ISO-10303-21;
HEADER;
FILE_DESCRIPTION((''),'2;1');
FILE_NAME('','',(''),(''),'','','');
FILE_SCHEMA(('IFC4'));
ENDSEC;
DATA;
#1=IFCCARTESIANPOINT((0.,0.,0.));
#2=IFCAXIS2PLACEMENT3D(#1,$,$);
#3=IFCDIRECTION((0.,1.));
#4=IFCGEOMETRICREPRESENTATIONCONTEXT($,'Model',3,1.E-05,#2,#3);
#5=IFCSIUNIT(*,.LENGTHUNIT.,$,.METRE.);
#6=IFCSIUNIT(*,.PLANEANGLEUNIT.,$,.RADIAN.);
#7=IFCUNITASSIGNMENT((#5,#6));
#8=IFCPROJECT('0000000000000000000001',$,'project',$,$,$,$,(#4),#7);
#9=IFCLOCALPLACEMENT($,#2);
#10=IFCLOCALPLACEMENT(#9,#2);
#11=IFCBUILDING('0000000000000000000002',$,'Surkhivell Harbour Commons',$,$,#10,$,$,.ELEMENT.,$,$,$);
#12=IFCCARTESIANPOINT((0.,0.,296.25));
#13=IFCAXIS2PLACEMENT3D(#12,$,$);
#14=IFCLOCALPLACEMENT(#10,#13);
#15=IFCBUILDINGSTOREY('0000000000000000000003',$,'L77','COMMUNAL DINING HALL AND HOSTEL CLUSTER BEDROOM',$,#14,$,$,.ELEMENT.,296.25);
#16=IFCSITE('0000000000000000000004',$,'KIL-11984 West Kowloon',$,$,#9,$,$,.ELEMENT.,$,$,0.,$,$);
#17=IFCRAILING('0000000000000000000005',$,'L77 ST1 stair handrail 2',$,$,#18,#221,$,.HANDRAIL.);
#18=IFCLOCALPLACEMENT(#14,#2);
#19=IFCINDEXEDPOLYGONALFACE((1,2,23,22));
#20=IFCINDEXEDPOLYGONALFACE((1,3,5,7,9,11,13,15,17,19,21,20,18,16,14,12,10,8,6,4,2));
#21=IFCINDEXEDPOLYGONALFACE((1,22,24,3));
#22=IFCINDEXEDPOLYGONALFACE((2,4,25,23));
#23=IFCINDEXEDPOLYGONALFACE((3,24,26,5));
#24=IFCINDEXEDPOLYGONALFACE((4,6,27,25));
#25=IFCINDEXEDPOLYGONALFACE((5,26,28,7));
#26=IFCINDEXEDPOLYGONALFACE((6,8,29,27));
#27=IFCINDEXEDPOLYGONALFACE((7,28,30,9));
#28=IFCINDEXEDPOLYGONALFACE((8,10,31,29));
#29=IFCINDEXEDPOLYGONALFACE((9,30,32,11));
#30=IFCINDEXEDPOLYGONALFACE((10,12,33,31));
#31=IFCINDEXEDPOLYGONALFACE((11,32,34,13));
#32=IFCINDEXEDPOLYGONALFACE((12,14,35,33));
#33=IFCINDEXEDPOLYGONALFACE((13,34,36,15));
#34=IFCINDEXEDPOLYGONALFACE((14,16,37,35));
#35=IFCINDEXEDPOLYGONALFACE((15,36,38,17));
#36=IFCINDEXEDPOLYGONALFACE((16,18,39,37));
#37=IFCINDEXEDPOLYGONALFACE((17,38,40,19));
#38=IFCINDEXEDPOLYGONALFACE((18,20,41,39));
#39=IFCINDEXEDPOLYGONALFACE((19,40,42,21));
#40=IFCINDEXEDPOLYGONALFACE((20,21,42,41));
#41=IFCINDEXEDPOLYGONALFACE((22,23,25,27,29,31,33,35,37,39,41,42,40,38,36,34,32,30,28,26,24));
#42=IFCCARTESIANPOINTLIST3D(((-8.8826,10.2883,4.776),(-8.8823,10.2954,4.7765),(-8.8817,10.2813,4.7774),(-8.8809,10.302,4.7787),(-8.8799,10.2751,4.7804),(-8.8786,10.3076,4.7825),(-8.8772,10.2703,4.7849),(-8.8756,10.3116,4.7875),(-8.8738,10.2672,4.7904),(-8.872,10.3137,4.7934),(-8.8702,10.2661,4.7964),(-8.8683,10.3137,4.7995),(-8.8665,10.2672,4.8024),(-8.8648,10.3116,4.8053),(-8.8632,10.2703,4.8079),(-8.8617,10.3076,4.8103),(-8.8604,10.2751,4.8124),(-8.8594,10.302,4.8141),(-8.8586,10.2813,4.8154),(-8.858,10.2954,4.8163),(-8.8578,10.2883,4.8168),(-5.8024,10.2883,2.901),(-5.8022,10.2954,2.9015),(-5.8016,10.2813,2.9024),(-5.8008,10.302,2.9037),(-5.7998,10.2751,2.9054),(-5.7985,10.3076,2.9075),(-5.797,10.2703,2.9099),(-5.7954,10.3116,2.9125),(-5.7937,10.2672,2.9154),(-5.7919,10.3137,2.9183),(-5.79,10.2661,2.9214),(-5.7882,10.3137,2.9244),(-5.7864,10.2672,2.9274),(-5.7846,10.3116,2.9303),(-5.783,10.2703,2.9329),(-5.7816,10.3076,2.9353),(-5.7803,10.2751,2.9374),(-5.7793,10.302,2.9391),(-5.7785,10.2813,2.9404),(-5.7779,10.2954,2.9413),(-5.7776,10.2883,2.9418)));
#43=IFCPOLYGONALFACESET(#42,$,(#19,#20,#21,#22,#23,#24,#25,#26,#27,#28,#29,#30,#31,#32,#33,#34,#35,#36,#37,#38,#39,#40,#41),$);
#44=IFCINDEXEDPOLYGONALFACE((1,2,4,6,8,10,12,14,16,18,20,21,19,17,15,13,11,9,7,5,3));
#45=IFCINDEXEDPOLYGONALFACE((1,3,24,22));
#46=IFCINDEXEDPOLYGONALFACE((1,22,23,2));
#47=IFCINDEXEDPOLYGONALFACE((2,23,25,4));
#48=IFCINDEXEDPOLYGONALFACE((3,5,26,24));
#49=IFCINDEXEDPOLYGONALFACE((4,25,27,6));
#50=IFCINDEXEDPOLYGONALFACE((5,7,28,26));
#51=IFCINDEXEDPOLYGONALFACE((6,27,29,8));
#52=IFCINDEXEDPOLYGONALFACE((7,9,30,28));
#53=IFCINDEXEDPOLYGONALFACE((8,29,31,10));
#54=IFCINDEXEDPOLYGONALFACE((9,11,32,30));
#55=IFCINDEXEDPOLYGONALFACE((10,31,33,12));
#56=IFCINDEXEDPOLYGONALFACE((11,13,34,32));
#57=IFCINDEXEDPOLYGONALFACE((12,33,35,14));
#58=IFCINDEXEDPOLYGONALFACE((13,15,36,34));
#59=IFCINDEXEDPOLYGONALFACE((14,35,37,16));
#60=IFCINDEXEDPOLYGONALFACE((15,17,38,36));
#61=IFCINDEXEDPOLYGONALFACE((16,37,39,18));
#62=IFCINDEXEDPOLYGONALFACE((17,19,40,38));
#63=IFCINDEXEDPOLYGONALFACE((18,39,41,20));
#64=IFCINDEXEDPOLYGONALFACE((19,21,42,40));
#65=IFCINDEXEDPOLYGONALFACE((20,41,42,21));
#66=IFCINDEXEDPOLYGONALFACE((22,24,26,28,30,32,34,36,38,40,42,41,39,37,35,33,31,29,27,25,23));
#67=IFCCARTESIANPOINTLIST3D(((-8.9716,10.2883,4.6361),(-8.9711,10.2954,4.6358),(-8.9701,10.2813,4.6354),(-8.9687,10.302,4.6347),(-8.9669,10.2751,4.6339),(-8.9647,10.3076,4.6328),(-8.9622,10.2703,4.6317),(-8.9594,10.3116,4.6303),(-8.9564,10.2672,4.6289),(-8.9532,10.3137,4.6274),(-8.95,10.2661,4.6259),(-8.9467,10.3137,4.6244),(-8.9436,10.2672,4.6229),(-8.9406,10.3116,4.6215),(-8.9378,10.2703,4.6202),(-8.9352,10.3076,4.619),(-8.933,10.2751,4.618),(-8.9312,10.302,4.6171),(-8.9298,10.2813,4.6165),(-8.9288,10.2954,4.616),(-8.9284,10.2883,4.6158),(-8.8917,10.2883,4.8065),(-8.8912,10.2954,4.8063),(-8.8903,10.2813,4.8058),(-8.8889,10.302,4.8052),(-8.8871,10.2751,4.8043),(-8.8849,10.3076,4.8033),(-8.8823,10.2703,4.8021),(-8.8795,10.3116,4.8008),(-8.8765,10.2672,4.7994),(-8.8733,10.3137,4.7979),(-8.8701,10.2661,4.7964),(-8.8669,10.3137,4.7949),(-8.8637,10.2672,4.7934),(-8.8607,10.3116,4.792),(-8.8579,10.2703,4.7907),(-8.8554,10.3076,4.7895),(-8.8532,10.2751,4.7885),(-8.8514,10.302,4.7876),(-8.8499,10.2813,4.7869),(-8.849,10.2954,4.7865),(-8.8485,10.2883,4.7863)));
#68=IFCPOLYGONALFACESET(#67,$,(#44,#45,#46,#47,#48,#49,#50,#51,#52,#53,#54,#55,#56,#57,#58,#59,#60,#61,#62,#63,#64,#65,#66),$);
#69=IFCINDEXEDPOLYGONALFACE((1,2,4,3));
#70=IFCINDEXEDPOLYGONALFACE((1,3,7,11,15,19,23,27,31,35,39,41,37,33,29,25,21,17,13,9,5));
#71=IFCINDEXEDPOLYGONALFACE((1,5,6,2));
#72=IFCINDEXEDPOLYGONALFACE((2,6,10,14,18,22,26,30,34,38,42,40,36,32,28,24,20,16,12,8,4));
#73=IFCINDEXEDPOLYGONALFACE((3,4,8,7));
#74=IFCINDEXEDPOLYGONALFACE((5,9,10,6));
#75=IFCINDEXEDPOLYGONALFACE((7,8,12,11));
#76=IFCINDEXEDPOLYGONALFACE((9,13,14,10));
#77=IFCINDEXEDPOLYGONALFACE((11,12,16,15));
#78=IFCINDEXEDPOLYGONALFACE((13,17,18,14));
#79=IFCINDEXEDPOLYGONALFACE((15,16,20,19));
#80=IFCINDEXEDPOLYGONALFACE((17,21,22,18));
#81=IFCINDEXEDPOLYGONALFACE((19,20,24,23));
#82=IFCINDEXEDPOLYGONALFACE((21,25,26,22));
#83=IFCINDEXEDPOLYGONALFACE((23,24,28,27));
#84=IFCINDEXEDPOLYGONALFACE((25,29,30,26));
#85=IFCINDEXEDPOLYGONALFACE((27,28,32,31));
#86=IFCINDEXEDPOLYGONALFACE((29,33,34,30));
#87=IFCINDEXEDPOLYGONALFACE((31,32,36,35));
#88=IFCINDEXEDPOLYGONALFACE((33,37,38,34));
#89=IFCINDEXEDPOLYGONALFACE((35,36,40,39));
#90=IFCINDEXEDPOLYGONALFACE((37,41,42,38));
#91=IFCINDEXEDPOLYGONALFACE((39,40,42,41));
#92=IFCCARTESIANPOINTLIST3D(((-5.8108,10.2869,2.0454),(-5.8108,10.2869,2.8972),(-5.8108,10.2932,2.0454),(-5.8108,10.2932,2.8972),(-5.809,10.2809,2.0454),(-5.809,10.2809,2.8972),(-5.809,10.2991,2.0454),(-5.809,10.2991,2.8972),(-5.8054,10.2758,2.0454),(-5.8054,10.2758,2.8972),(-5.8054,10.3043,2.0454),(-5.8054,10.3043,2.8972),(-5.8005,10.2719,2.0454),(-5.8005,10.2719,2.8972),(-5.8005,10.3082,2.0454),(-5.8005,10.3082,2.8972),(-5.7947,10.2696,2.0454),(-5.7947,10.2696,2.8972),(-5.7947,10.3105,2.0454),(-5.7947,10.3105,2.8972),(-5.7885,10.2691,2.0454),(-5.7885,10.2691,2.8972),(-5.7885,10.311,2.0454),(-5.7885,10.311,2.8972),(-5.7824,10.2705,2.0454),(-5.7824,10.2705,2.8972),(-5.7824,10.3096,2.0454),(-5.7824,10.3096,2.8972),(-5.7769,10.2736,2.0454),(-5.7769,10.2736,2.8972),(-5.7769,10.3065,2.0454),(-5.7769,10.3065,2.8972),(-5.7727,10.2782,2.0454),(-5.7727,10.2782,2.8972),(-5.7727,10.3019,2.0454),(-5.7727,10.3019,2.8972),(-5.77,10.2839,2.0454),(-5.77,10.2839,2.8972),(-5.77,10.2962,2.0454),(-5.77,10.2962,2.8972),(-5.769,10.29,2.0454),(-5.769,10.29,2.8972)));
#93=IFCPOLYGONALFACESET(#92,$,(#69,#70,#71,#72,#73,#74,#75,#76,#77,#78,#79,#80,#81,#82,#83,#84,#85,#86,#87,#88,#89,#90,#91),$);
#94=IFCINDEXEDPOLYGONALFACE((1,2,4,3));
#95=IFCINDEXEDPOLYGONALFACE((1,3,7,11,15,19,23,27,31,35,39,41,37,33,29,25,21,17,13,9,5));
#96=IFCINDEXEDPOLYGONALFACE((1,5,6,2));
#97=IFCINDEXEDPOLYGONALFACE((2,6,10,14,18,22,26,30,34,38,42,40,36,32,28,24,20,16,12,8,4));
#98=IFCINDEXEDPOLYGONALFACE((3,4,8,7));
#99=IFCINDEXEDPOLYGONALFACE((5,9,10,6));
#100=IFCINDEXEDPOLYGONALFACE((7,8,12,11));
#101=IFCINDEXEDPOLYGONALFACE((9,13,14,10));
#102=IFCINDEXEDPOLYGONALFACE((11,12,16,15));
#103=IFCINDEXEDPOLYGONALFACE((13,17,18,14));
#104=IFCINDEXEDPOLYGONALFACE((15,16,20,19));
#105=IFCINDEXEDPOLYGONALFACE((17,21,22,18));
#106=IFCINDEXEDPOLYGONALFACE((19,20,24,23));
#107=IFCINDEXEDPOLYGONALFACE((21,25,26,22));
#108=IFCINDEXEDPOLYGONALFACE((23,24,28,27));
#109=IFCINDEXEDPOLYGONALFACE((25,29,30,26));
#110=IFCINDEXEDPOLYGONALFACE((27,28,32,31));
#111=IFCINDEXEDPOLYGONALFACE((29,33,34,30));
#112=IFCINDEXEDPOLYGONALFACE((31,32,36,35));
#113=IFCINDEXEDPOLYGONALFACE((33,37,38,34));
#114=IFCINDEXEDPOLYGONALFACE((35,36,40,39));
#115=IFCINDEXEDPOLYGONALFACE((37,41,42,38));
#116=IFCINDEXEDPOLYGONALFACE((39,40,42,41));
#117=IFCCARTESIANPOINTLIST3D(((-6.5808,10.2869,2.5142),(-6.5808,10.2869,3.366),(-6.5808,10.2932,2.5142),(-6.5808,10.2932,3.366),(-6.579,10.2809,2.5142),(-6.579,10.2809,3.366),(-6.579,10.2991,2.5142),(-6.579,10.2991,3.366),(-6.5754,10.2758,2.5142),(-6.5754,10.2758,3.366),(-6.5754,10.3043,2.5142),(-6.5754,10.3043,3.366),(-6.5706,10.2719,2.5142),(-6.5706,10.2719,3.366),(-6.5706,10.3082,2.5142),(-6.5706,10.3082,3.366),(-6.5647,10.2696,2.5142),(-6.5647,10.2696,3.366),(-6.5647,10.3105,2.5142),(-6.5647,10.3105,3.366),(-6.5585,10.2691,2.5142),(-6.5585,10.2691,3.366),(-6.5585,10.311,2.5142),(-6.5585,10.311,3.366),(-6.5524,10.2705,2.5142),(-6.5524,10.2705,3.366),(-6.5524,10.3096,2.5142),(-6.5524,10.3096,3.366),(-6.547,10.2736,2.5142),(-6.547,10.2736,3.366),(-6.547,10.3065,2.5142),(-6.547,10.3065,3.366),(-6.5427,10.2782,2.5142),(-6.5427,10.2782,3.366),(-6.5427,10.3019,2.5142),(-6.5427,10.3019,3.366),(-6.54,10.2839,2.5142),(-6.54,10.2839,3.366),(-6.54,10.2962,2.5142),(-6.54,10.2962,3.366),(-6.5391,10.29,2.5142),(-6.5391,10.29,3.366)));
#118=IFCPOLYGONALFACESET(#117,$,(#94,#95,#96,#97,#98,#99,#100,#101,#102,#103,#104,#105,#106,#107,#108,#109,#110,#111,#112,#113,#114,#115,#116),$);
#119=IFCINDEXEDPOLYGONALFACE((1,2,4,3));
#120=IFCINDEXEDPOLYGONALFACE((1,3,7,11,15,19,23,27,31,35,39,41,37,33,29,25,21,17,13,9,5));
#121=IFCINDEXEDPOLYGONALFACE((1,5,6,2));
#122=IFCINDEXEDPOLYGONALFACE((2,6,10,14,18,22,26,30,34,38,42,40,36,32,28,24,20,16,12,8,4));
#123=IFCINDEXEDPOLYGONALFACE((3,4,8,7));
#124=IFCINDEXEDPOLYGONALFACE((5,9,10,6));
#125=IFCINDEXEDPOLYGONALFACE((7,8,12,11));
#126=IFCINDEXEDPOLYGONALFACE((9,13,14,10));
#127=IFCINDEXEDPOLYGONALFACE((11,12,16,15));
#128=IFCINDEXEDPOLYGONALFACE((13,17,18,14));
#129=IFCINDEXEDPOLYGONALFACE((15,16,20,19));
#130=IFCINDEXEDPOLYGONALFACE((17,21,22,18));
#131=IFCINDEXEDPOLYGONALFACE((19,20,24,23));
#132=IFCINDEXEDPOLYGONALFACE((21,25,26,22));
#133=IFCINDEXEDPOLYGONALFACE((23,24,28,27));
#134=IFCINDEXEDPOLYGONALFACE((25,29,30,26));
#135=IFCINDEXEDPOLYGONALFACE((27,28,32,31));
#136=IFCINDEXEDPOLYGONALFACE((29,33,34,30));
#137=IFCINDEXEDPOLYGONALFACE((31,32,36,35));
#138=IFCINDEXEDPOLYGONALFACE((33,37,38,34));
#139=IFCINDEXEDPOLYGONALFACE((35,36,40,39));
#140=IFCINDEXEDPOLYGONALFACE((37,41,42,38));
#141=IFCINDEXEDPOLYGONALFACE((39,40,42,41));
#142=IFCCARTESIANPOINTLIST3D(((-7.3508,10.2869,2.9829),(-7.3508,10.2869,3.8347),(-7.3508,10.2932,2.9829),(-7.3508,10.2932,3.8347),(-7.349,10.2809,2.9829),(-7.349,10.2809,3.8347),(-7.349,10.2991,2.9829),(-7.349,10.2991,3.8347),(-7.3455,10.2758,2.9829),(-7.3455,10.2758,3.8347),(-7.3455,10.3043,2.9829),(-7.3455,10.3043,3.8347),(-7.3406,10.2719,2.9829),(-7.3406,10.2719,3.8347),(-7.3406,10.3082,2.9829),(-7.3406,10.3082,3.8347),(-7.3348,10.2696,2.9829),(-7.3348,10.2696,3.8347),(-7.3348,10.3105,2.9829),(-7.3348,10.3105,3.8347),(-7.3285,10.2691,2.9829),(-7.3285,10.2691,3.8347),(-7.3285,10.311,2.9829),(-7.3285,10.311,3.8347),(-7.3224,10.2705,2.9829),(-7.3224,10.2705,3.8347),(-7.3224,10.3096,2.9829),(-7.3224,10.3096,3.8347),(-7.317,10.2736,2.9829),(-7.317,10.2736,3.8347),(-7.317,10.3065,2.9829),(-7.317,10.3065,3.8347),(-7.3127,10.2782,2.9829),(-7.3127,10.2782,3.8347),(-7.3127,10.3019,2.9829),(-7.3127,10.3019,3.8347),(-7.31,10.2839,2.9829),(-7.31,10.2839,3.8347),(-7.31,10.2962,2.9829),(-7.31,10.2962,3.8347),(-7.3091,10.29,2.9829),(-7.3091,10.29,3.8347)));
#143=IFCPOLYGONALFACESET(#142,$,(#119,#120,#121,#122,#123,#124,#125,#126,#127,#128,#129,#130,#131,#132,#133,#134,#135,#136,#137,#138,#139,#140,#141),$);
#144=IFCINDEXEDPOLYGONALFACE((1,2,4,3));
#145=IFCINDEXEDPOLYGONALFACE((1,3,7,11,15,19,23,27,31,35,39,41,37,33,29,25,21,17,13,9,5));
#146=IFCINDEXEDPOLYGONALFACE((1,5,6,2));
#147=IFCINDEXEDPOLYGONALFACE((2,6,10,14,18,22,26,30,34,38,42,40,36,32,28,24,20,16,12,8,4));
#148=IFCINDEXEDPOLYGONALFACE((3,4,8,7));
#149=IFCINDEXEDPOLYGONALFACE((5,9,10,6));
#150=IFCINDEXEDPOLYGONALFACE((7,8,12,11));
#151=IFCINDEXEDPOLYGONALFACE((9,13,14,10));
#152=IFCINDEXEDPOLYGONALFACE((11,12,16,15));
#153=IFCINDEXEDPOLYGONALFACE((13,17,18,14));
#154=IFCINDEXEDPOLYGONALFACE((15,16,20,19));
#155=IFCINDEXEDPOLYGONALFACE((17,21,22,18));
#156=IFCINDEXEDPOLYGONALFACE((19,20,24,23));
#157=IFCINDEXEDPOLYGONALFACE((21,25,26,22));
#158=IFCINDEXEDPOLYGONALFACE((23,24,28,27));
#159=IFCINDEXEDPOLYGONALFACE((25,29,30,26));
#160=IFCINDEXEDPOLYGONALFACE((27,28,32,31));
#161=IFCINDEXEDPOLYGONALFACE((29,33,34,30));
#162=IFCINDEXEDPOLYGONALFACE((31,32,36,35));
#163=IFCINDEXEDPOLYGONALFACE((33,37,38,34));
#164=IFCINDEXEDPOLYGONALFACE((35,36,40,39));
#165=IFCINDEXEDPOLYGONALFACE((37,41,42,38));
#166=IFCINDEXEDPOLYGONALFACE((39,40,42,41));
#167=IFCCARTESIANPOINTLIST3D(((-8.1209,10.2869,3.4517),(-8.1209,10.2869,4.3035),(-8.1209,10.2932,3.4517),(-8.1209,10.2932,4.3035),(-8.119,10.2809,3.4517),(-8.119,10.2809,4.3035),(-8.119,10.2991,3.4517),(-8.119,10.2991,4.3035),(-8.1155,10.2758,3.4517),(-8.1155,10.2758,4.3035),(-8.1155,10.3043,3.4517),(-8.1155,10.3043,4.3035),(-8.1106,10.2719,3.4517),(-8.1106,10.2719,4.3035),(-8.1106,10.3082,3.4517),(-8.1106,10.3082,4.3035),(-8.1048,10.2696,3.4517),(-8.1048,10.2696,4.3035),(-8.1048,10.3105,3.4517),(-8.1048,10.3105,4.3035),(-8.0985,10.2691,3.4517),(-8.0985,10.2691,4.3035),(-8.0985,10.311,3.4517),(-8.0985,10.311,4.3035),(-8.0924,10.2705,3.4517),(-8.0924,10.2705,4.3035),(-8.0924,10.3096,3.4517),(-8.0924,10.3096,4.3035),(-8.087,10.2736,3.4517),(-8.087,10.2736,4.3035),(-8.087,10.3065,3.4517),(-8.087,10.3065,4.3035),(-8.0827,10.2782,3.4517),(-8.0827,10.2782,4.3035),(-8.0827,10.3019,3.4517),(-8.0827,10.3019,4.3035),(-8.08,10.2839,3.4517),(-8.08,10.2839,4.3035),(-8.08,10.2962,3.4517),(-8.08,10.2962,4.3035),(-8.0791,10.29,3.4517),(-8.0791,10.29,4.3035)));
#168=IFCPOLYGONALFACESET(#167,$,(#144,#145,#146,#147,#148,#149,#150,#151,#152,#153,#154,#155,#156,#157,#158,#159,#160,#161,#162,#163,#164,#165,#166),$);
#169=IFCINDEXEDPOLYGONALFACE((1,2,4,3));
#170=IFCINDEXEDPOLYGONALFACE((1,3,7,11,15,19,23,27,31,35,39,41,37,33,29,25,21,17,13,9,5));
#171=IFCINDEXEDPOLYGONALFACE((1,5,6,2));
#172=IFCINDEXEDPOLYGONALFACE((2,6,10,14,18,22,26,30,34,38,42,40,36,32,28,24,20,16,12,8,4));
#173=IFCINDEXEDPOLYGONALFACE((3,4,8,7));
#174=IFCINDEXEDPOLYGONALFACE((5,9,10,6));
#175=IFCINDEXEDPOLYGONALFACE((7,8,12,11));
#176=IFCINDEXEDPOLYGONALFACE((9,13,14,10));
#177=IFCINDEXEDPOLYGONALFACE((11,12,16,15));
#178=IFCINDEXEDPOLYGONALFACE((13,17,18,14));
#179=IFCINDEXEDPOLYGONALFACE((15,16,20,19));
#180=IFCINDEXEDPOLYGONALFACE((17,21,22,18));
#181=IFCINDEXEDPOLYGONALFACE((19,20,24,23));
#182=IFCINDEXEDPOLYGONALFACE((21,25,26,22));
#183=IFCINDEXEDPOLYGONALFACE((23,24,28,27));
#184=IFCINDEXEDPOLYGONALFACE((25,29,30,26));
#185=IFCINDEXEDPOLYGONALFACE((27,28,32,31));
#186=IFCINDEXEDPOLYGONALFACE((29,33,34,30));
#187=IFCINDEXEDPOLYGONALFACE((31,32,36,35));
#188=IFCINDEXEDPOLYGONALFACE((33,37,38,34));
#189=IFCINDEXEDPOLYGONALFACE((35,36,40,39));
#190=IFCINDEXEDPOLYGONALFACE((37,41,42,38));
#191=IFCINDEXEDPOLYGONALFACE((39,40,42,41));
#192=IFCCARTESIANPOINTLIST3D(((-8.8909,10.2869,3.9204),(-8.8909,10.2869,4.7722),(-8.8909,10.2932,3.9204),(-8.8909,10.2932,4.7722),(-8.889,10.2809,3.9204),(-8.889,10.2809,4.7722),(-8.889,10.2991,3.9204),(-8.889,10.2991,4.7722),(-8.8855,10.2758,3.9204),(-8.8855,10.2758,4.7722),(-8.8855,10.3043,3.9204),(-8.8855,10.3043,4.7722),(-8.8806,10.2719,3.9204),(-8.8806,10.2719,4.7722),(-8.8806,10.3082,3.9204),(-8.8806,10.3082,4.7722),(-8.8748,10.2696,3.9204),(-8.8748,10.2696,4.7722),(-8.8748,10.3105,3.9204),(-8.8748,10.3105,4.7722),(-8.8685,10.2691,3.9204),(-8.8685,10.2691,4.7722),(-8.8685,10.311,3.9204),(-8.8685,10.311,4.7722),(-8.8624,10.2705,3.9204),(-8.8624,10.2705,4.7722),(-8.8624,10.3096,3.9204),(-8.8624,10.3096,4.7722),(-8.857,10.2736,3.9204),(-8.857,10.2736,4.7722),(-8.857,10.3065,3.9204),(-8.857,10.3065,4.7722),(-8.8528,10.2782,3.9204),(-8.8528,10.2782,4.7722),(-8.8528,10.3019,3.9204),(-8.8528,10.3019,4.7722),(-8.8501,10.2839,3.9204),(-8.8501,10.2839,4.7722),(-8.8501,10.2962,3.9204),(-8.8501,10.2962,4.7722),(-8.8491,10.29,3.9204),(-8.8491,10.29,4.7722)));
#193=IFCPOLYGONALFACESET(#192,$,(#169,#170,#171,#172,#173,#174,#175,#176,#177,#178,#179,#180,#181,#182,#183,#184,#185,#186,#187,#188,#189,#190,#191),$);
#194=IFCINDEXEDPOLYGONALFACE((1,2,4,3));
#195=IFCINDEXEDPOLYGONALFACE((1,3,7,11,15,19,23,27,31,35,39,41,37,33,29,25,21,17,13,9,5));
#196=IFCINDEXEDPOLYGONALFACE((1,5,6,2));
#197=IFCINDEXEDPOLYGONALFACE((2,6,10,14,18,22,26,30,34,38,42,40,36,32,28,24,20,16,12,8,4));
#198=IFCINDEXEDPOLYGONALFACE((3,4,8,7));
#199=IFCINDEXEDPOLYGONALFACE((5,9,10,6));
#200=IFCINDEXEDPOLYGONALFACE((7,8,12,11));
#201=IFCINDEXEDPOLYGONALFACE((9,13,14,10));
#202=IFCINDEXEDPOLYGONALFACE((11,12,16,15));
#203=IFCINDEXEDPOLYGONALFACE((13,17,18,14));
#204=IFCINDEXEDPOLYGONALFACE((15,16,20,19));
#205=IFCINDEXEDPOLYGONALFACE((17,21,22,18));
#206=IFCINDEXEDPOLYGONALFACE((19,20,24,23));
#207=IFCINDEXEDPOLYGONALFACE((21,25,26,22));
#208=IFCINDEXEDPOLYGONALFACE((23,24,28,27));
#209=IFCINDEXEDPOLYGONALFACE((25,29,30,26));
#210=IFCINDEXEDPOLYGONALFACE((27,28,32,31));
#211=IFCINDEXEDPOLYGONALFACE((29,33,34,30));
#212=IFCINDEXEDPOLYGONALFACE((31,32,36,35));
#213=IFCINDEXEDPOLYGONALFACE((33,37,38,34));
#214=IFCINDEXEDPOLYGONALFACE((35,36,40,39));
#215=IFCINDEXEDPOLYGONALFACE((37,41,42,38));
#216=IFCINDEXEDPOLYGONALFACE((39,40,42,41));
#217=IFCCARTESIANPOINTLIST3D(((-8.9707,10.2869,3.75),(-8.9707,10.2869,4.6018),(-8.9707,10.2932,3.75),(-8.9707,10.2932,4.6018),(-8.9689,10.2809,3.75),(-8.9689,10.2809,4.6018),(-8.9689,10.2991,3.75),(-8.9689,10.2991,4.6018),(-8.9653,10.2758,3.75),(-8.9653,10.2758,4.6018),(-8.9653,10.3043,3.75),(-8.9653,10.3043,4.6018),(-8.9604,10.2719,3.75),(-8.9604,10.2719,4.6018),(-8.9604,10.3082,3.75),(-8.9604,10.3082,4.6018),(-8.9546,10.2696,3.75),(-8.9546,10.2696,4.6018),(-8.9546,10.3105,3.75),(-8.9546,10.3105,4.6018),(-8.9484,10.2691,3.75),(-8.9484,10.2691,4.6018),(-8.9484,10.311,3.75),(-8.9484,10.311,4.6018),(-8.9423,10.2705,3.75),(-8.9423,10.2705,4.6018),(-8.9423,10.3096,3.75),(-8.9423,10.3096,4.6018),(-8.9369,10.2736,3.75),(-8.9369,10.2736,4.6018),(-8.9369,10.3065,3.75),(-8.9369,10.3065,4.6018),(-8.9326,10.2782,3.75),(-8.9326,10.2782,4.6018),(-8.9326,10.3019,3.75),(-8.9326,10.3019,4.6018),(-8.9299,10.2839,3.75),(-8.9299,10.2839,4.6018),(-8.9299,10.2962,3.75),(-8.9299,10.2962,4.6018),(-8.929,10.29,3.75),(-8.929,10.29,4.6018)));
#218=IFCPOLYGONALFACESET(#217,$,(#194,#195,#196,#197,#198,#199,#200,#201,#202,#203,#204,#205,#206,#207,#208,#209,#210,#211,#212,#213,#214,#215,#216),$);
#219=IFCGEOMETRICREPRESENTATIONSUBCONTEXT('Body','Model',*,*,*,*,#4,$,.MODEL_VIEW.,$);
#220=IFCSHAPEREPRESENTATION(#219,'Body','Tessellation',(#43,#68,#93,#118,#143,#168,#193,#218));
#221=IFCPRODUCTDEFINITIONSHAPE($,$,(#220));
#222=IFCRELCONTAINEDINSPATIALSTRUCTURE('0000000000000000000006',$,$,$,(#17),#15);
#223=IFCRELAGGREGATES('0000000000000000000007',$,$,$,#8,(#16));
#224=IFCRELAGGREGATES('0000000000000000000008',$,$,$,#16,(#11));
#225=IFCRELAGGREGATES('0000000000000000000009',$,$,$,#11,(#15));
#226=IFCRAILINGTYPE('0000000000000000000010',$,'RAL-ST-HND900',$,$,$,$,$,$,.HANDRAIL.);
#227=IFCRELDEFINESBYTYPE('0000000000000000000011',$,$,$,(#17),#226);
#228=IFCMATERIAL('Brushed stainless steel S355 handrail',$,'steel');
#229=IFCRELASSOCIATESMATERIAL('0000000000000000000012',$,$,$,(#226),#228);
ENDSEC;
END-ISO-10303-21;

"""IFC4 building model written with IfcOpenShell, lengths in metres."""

from ifc_helpers import new_model, si_unit, direction, frame, origin, origin_2d, place, context, subcontext, project, spatial, circle, extrude, material, type_object, element, save


model = new_model("IFC4")

# Units and contexts
model_context = context("Model", 3, precision=1e-05, world=origin(), true_north=direction((0.0, 1.0)))
body_context = subcontext(model_context, "Body", "Model", "MODEL_VIEW")
ifc_project = project(units=[si_unit("LENGTHUNIT", "METRE"), si_unit("PLANEANGLEUNIT", "RADIAN")], contexts=[model_context])

# Site, building, storey
site_placement = place(None, origin())
site = spatial("IfcSite", under=ifc_project, at=site_placement, Name="KIL-11984 West Kowloon", CompositionType="ELEMENT", RefElevation=0.0)
building_placement = place(site_placement, origin())
building = spatial("IfcBuilding", under=site, at=building_placement, Name="Surkhivell Harbour Commons", CompositionType="ELEMENT")
storey_placement = place(building_placement, frame((0.0, 0.0, 296.25)))
storey = spatial("IfcBuildingStorey", under=building, at=storey_placement, Name="L77", Description="COMMUNAL DINING HALL AND HOSTEL CLUSTER BEDROOM", CompositionType="ELEMENT", Elevation=296.25)

# Railing
ifc_material_1 = material(Name="Brushed stainless steel S355 handrail", Category="steel")
railing_type_1 = type_object("IfcRailingType", Name="RAL-ST-HND900", PredefinedType="HANDRAIL", material=ifc_material_1)
railing_1_placement = place(storey_placement, frame((-5.79, 10.29, 2.0454)))
element("IfcRailing", 1, at=railing_1_placement, inside=storey, type_object=railing_type_1, Name="L77 ST1 stair handrail 2", PredefinedType="HANDRAIL", context=body_context, shape_type="SweptSolid", body=[
    extrude(circle(Radius=0.0239, at=origin_2d()), frame((0.0, 0.0, 0.876), z_axis=(-0.854178, 0.0, 0.519981), x_axis=(0.0, -1.0, 0.0)), (0.0, 0.0, 1.0), 3.606),
    extrude(circle(Radius=0.0239, at=origin_2d()), frame((-3.0801, 0.0, 2.751), z_axis=(-0.424234, 0.0, -0.905552), x_axis=(0.0, -1.0, 0.0)), (0.0, 0.0, 1.0), 0.1882),
    extrude(circle(Radius=0.021, at=origin_2d()), origin(), (0.0, 0.0, 1.0), 0.8518),
    extrude(circle(Radius=0.021, at=origin_2d()), frame((-0.77, 0.0, 0.4688)), (0.0, 0.0, 1.0), 0.8518),
    extrude(circle(Radius=0.021, at=origin_2d()), frame((-1.54, 0.0, 0.9375)), (0.0, 0.0, 1.0), 0.8518),
    extrude(circle(Radius=0.021, at=origin_2d()), frame((-2.3101, 0.0, 1.4062)), (0.0, 0.0, 1.0), 0.8518),
    extrude(circle(Radius=0.021, at=origin_2d()), frame((-3.0801, 0.0, 1.875)), (0.0, 0.0, 1.0), 0.8518),
    extrude(circle(Radius=0.021, at=origin_2d()), frame((-3.1599, 0.0, 1.7046)), (0.0, 0.0, 1.0), 0.8518),
])

save(model, "model.ifc")
